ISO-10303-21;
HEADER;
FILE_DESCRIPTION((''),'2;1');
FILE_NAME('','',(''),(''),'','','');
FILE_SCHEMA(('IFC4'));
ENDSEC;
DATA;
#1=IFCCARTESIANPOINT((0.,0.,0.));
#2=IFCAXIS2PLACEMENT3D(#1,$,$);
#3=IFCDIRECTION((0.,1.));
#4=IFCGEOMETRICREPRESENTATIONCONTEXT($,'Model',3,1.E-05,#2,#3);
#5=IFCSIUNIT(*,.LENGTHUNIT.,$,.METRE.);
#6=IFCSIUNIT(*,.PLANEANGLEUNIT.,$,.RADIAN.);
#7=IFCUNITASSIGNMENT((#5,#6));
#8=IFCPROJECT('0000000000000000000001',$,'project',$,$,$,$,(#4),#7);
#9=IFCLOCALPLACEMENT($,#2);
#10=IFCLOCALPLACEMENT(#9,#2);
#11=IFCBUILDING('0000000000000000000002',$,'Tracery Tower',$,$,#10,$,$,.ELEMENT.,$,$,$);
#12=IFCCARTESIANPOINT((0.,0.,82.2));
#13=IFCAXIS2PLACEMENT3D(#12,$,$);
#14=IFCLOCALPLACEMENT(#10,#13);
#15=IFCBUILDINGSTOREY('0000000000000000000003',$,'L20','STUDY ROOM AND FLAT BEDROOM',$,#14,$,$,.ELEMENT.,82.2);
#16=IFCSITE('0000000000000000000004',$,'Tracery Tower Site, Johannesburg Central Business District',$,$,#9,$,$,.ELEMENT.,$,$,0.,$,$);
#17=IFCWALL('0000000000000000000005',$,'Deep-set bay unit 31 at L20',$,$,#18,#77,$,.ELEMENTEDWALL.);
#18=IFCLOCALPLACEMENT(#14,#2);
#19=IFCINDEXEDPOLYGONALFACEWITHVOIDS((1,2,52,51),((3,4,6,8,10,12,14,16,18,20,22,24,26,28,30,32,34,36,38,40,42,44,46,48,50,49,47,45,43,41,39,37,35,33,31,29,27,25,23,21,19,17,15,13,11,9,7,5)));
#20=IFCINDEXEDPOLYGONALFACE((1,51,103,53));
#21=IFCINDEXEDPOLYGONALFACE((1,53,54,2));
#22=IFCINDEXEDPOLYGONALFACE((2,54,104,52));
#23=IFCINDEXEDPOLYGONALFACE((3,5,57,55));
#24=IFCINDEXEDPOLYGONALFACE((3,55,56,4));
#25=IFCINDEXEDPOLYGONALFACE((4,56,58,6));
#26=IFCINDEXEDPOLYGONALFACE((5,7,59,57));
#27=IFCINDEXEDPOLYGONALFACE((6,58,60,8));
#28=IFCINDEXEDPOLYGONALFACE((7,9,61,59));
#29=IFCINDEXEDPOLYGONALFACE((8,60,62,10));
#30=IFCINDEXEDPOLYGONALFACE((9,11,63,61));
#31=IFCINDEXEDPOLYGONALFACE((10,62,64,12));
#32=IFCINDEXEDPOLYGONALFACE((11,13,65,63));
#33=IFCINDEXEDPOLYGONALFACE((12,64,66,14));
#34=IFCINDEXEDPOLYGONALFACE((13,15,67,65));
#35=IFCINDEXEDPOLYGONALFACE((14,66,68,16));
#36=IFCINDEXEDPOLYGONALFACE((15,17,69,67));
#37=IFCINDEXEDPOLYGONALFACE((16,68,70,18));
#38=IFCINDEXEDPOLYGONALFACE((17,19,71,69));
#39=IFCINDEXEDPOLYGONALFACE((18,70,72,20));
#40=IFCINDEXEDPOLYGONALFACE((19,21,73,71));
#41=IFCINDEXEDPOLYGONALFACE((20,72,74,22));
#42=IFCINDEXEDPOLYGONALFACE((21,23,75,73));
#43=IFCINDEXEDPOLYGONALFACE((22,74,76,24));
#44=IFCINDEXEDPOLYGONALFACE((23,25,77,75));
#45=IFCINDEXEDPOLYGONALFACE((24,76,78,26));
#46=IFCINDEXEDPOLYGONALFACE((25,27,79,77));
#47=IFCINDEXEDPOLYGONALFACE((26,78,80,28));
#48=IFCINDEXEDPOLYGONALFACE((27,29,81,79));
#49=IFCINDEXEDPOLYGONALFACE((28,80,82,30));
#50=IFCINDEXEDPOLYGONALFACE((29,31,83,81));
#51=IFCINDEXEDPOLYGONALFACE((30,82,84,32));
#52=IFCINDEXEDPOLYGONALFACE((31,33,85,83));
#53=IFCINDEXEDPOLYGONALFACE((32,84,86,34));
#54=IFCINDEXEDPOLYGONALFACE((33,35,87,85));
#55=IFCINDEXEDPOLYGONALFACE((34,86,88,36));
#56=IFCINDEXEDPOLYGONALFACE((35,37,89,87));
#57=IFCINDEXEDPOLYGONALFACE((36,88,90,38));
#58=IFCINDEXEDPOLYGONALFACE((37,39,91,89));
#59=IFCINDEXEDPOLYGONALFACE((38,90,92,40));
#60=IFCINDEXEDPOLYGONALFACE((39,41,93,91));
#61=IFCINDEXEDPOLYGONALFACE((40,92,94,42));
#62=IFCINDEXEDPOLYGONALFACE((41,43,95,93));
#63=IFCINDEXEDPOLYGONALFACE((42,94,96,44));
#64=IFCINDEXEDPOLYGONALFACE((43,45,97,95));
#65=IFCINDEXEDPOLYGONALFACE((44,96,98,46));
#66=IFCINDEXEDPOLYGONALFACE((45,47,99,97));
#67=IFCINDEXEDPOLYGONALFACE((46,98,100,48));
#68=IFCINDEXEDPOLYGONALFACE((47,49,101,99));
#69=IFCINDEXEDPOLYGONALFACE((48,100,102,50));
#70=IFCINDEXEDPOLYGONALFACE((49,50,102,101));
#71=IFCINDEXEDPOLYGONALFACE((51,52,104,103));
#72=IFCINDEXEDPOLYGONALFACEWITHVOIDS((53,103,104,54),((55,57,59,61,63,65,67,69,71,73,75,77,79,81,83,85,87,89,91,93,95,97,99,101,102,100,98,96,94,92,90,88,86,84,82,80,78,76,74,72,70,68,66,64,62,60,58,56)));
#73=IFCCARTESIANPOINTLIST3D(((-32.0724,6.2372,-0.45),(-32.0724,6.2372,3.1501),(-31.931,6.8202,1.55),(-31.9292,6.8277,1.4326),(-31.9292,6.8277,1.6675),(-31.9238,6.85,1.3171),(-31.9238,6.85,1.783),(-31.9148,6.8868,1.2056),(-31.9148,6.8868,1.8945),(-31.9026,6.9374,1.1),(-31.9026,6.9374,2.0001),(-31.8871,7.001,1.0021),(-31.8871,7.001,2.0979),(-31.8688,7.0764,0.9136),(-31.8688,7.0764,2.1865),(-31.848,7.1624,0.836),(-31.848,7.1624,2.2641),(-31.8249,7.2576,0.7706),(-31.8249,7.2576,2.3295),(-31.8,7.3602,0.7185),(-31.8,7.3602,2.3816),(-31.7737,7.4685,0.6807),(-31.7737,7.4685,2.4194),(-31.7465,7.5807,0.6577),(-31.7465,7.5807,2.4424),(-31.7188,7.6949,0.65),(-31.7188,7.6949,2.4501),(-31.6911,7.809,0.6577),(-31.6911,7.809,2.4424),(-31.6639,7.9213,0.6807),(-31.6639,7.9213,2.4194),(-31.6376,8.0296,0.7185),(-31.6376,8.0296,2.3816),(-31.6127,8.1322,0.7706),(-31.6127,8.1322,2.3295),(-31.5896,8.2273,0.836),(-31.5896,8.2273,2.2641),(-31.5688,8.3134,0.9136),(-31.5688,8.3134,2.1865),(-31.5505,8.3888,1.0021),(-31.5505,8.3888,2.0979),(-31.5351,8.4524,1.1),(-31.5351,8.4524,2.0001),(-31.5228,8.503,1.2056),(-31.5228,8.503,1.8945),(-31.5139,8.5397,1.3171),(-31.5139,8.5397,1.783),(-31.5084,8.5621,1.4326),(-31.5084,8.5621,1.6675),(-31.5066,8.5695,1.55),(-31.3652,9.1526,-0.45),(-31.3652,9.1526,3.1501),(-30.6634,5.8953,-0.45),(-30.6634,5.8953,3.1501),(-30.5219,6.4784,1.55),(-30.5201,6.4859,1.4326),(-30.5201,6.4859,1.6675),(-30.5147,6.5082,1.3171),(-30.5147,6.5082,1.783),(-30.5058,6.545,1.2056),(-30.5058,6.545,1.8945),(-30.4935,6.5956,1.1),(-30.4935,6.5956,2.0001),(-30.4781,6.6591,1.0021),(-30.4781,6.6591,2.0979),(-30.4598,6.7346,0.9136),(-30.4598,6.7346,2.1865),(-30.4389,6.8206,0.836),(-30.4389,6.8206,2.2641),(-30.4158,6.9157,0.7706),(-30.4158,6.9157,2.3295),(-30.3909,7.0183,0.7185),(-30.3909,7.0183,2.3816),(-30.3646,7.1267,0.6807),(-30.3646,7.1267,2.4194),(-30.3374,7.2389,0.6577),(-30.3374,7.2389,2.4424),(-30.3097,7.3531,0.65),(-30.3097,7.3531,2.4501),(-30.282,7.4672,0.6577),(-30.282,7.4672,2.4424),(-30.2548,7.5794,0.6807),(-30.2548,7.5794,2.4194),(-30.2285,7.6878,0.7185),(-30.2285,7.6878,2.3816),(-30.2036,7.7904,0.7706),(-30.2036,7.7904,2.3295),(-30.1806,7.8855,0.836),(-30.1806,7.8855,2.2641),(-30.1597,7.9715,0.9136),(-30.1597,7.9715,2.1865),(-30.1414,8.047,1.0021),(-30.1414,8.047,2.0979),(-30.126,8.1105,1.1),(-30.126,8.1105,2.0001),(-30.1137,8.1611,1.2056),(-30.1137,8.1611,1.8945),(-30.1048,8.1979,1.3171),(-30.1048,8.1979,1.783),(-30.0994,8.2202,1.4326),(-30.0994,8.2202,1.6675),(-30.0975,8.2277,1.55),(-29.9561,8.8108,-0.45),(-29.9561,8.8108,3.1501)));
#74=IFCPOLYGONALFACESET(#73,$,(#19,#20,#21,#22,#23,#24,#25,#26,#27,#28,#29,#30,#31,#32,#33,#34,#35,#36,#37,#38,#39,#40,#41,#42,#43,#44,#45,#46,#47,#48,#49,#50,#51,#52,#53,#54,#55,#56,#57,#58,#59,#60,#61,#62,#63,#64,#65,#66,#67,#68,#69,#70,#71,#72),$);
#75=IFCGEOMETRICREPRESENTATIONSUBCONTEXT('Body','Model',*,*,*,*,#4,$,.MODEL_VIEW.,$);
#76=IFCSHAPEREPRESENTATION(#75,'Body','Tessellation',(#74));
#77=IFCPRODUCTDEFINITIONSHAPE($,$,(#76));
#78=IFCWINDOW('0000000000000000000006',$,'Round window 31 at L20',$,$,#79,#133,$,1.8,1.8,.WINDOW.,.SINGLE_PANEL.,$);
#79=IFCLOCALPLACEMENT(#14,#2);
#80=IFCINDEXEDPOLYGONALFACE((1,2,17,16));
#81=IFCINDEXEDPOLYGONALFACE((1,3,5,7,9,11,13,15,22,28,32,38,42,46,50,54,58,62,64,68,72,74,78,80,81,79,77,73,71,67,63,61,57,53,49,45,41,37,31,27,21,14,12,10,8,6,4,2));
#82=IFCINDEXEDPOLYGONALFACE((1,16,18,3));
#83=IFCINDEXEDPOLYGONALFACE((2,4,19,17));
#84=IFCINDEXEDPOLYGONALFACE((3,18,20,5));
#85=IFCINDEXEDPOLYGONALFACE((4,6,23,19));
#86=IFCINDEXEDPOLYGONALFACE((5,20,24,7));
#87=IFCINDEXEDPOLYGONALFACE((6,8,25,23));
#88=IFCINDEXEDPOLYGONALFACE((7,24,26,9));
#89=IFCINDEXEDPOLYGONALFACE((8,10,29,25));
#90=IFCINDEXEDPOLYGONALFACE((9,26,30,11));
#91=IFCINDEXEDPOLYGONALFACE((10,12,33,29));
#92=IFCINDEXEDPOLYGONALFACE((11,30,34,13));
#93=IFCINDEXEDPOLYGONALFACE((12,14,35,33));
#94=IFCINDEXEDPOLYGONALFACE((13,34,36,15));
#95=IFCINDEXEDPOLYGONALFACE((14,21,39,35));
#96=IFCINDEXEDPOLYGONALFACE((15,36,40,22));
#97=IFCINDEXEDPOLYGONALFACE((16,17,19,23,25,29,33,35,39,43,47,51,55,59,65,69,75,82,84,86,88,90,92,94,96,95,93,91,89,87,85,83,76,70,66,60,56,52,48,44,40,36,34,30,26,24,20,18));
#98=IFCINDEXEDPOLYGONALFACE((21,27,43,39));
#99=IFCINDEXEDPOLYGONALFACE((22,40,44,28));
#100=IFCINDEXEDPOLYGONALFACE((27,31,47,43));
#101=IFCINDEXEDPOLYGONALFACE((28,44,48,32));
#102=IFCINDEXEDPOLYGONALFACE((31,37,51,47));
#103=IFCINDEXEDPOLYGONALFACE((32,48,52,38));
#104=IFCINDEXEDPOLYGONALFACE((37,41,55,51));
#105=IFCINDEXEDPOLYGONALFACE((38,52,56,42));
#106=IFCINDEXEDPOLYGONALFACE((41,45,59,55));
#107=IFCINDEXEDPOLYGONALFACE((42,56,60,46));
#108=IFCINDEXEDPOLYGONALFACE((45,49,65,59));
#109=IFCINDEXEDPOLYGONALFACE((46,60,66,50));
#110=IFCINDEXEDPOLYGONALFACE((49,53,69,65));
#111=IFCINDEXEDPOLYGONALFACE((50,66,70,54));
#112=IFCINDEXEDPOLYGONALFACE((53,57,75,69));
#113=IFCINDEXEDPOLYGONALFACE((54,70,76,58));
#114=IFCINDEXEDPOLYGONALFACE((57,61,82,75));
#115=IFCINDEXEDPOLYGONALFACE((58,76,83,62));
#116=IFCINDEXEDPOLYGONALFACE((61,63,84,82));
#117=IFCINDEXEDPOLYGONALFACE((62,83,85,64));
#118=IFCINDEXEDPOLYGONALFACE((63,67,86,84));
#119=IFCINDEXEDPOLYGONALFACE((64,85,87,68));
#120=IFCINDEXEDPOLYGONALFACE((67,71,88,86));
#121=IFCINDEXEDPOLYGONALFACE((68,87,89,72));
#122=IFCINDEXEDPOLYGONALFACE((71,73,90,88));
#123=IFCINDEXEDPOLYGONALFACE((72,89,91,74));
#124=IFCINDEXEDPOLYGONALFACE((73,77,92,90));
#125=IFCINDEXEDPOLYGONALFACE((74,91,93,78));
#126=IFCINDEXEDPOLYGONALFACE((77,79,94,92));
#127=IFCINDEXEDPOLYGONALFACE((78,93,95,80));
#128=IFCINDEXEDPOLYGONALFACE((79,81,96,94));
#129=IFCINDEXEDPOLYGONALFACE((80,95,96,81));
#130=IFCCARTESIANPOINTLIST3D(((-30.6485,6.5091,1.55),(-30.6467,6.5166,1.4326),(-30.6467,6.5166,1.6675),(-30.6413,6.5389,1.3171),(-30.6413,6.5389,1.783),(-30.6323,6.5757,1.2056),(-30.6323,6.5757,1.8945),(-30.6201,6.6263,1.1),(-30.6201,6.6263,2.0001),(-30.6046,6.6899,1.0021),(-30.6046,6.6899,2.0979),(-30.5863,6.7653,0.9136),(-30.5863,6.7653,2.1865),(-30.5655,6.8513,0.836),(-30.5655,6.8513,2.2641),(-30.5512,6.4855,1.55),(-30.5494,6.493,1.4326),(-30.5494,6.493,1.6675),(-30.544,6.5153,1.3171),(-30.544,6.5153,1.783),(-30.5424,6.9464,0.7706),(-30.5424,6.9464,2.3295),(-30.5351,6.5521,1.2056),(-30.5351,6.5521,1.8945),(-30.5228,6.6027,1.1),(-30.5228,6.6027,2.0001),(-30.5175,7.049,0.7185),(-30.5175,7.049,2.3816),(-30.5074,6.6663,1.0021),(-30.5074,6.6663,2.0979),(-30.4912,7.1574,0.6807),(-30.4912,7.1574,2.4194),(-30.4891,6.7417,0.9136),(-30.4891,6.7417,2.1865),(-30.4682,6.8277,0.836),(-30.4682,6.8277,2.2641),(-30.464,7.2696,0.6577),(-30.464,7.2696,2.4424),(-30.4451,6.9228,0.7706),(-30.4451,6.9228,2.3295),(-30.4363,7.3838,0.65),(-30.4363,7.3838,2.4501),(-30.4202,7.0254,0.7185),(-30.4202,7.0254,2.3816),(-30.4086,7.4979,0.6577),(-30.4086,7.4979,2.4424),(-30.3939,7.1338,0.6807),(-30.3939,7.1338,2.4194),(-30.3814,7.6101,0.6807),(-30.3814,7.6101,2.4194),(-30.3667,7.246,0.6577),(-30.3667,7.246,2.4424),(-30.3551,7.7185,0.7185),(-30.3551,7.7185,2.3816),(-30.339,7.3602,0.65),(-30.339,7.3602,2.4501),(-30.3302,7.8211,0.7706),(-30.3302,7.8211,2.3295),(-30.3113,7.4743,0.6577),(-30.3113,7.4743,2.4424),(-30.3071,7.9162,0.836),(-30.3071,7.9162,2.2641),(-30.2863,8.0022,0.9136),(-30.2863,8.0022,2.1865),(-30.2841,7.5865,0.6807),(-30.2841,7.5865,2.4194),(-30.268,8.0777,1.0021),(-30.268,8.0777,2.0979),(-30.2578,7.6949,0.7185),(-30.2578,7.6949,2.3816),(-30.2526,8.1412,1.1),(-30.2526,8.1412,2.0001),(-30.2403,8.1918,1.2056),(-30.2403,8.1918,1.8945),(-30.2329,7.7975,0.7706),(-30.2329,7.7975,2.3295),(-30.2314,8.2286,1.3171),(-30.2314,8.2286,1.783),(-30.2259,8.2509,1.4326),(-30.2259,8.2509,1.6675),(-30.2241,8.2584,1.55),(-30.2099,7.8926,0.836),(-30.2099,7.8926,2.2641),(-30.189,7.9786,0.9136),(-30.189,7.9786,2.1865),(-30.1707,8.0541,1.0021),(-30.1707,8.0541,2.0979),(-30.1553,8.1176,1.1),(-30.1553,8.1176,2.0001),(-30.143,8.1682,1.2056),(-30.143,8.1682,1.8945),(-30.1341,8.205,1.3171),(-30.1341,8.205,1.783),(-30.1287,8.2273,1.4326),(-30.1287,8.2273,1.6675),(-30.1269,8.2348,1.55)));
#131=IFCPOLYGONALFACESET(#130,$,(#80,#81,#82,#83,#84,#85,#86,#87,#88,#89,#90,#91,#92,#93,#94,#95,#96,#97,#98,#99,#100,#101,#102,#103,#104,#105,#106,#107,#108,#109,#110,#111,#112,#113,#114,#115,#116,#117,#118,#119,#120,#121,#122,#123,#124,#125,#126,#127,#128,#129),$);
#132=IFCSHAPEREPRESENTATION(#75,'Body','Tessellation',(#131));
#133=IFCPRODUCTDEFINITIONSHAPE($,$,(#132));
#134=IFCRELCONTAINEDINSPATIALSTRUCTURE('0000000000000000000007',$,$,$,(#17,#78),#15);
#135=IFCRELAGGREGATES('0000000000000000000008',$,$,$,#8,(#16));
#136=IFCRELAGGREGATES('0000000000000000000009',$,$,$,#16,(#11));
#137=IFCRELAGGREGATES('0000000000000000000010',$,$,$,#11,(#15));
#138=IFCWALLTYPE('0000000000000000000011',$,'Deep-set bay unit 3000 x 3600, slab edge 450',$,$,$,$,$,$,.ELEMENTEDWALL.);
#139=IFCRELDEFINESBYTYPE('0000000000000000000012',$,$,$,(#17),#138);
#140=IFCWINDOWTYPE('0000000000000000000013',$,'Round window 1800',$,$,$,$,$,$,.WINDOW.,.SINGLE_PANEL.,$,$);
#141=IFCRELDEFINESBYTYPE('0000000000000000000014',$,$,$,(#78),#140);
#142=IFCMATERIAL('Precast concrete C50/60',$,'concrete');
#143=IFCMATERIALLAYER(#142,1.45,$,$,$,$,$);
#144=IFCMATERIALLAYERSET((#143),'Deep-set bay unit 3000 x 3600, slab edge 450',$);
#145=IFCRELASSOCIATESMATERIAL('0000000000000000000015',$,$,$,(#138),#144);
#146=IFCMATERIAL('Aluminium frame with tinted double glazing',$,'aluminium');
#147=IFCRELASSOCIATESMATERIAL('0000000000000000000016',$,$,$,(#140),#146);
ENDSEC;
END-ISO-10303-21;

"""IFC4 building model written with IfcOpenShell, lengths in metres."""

from ifc_helpers import new_model, si_unit, direction, frame, frame_2d, origin, origin_2d, place, context, subcontext, project, spatial, rectangle, circle, extrude, material, layer, layer_set, type_object, element, fill, save


model = new_model("IFC4")

# Units and contexts
model_context = context("Model", 3, precision=1e-05, world=origin(), true_north=direction((0.0, 1.0)))
body_context = subcontext(model_context, "Body", "Model", "MODEL_VIEW")
ifc_project = project(units=[si_unit("LENGTHUNIT", "METRE"), si_unit("PLANEANGLEUNIT", "RADIAN")], contexts=[model_context])

# Site, building, storey
site_placement = place(None, origin())
site = spatial("IfcSite", under=ifc_project, at=site_placement, Name="Tracery Tower Site, Johannesburg Central Business District", CompositionType="ELEMENT", RefElevation=0.0)
building_placement = place(site_placement, origin())
building = spatial("IfcBuilding", under=site, at=building_placement, Name="Tracery Tower", CompositionType="ELEMENT")
storey_placement = place(building_placement, frame((0.0, 0.0, 82.2)))
storey = spatial("IfcBuildingStorey", under=building, at=storey_placement, Name="L20", Description="STUDY ROOM AND FLAT BEDROOM", CompositionType="ELEMENT", Elevation=82.2)

# Wall, opening, window
ifc_material_1 = material(Name="Precast concrete C50/60", Category="concrete")
ifc_layer_1 = layer(ifc_material_1, 1.45)
ifc_layer_set_1 = layer_set([ifc_layer_1], Name="Deep-set bay unit 3000 x 3600, slab edge 450")
wall_type_1 = type_object("IfcWallType", Name="Deep-set bay unit 3000 x 3600, slab edge 450", PredefinedType="ELEMENTEDWALL", material=ifc_layer_set_1)
wall_1_placement = place(storey_placement, frame((-30.6606, 8.9817, -0.45), z_axis=(0.0, 0.0, 1.0), x_axis=(-0.235751, -0.971813, 0.0)))
wall_1 = element("IfcWall", 1, at=wall_1_placement, inside=storey, type_object=wall_type_1, Name="Deep-set bay unit 31 at L20", PredefinedType="ELEMENTEDWALL", context=body_context, shape_type="SweptSolid", body=[
    extrude(rectangle(XDim=3.0, YDim=1.45, at=frame_2d((1.5, 0.0))), origin(), (0.0, 0.0, 1.0), 3.6001),
])
opening_1_placement = place(wall_1_placement, frame((1.5, 0.0, 2.0)))
opening_1 = element("IfcOpeningElement", 2, at=opening_1_placement, cuts=wall_1, PredefinedType="OPENING", context=body_context, shape_type="SweptSolid", body=[
    extrude(circle(Radius=0.9, at=origin_2d()), frame((0.0, 0.7349, 0.0), z_axis=(0.0, -1.0, 0.0), x_axis=(1.0, 0.0, 0.0)), (0.0, 0.0, 1.0), 1.47),
])
ifc_material_2 = material(Name="Aluminium frame with tinted double glazing", Category="aluminium")
window_type = type_object("IfcWindowType", Name="Round window 1800", PartitioningType="SINGLE_PANEL", PredefinedType="WINDOW", material=ifc_material_2)
window_1_placement = place(opening_1_placement, origin())
window_1 = element("IfcWindow", 3, at=window_1_placement, inside=storey, type_object=window_type, Name="Round window 31 at L20", OverallHeight=1.8, OverallWidth=1.8, PartitioningType="SINGLE_PANEL", PredefinedType="WINDOW", context=body_context, shape_type="SweptSolid", body=[
    extrude(circle(Radius=0.9, at=origin_2d()), frame((0.0, 0.6948, 0.0), z_axis=(0.0, -1.0, 0.0), x_axis=(1.0, 0.0, 0.0)), (0.0, 0.0, 1.0), 0.1001),
])
fill(opening_1, window_1)

save(model, "model.ifc")
